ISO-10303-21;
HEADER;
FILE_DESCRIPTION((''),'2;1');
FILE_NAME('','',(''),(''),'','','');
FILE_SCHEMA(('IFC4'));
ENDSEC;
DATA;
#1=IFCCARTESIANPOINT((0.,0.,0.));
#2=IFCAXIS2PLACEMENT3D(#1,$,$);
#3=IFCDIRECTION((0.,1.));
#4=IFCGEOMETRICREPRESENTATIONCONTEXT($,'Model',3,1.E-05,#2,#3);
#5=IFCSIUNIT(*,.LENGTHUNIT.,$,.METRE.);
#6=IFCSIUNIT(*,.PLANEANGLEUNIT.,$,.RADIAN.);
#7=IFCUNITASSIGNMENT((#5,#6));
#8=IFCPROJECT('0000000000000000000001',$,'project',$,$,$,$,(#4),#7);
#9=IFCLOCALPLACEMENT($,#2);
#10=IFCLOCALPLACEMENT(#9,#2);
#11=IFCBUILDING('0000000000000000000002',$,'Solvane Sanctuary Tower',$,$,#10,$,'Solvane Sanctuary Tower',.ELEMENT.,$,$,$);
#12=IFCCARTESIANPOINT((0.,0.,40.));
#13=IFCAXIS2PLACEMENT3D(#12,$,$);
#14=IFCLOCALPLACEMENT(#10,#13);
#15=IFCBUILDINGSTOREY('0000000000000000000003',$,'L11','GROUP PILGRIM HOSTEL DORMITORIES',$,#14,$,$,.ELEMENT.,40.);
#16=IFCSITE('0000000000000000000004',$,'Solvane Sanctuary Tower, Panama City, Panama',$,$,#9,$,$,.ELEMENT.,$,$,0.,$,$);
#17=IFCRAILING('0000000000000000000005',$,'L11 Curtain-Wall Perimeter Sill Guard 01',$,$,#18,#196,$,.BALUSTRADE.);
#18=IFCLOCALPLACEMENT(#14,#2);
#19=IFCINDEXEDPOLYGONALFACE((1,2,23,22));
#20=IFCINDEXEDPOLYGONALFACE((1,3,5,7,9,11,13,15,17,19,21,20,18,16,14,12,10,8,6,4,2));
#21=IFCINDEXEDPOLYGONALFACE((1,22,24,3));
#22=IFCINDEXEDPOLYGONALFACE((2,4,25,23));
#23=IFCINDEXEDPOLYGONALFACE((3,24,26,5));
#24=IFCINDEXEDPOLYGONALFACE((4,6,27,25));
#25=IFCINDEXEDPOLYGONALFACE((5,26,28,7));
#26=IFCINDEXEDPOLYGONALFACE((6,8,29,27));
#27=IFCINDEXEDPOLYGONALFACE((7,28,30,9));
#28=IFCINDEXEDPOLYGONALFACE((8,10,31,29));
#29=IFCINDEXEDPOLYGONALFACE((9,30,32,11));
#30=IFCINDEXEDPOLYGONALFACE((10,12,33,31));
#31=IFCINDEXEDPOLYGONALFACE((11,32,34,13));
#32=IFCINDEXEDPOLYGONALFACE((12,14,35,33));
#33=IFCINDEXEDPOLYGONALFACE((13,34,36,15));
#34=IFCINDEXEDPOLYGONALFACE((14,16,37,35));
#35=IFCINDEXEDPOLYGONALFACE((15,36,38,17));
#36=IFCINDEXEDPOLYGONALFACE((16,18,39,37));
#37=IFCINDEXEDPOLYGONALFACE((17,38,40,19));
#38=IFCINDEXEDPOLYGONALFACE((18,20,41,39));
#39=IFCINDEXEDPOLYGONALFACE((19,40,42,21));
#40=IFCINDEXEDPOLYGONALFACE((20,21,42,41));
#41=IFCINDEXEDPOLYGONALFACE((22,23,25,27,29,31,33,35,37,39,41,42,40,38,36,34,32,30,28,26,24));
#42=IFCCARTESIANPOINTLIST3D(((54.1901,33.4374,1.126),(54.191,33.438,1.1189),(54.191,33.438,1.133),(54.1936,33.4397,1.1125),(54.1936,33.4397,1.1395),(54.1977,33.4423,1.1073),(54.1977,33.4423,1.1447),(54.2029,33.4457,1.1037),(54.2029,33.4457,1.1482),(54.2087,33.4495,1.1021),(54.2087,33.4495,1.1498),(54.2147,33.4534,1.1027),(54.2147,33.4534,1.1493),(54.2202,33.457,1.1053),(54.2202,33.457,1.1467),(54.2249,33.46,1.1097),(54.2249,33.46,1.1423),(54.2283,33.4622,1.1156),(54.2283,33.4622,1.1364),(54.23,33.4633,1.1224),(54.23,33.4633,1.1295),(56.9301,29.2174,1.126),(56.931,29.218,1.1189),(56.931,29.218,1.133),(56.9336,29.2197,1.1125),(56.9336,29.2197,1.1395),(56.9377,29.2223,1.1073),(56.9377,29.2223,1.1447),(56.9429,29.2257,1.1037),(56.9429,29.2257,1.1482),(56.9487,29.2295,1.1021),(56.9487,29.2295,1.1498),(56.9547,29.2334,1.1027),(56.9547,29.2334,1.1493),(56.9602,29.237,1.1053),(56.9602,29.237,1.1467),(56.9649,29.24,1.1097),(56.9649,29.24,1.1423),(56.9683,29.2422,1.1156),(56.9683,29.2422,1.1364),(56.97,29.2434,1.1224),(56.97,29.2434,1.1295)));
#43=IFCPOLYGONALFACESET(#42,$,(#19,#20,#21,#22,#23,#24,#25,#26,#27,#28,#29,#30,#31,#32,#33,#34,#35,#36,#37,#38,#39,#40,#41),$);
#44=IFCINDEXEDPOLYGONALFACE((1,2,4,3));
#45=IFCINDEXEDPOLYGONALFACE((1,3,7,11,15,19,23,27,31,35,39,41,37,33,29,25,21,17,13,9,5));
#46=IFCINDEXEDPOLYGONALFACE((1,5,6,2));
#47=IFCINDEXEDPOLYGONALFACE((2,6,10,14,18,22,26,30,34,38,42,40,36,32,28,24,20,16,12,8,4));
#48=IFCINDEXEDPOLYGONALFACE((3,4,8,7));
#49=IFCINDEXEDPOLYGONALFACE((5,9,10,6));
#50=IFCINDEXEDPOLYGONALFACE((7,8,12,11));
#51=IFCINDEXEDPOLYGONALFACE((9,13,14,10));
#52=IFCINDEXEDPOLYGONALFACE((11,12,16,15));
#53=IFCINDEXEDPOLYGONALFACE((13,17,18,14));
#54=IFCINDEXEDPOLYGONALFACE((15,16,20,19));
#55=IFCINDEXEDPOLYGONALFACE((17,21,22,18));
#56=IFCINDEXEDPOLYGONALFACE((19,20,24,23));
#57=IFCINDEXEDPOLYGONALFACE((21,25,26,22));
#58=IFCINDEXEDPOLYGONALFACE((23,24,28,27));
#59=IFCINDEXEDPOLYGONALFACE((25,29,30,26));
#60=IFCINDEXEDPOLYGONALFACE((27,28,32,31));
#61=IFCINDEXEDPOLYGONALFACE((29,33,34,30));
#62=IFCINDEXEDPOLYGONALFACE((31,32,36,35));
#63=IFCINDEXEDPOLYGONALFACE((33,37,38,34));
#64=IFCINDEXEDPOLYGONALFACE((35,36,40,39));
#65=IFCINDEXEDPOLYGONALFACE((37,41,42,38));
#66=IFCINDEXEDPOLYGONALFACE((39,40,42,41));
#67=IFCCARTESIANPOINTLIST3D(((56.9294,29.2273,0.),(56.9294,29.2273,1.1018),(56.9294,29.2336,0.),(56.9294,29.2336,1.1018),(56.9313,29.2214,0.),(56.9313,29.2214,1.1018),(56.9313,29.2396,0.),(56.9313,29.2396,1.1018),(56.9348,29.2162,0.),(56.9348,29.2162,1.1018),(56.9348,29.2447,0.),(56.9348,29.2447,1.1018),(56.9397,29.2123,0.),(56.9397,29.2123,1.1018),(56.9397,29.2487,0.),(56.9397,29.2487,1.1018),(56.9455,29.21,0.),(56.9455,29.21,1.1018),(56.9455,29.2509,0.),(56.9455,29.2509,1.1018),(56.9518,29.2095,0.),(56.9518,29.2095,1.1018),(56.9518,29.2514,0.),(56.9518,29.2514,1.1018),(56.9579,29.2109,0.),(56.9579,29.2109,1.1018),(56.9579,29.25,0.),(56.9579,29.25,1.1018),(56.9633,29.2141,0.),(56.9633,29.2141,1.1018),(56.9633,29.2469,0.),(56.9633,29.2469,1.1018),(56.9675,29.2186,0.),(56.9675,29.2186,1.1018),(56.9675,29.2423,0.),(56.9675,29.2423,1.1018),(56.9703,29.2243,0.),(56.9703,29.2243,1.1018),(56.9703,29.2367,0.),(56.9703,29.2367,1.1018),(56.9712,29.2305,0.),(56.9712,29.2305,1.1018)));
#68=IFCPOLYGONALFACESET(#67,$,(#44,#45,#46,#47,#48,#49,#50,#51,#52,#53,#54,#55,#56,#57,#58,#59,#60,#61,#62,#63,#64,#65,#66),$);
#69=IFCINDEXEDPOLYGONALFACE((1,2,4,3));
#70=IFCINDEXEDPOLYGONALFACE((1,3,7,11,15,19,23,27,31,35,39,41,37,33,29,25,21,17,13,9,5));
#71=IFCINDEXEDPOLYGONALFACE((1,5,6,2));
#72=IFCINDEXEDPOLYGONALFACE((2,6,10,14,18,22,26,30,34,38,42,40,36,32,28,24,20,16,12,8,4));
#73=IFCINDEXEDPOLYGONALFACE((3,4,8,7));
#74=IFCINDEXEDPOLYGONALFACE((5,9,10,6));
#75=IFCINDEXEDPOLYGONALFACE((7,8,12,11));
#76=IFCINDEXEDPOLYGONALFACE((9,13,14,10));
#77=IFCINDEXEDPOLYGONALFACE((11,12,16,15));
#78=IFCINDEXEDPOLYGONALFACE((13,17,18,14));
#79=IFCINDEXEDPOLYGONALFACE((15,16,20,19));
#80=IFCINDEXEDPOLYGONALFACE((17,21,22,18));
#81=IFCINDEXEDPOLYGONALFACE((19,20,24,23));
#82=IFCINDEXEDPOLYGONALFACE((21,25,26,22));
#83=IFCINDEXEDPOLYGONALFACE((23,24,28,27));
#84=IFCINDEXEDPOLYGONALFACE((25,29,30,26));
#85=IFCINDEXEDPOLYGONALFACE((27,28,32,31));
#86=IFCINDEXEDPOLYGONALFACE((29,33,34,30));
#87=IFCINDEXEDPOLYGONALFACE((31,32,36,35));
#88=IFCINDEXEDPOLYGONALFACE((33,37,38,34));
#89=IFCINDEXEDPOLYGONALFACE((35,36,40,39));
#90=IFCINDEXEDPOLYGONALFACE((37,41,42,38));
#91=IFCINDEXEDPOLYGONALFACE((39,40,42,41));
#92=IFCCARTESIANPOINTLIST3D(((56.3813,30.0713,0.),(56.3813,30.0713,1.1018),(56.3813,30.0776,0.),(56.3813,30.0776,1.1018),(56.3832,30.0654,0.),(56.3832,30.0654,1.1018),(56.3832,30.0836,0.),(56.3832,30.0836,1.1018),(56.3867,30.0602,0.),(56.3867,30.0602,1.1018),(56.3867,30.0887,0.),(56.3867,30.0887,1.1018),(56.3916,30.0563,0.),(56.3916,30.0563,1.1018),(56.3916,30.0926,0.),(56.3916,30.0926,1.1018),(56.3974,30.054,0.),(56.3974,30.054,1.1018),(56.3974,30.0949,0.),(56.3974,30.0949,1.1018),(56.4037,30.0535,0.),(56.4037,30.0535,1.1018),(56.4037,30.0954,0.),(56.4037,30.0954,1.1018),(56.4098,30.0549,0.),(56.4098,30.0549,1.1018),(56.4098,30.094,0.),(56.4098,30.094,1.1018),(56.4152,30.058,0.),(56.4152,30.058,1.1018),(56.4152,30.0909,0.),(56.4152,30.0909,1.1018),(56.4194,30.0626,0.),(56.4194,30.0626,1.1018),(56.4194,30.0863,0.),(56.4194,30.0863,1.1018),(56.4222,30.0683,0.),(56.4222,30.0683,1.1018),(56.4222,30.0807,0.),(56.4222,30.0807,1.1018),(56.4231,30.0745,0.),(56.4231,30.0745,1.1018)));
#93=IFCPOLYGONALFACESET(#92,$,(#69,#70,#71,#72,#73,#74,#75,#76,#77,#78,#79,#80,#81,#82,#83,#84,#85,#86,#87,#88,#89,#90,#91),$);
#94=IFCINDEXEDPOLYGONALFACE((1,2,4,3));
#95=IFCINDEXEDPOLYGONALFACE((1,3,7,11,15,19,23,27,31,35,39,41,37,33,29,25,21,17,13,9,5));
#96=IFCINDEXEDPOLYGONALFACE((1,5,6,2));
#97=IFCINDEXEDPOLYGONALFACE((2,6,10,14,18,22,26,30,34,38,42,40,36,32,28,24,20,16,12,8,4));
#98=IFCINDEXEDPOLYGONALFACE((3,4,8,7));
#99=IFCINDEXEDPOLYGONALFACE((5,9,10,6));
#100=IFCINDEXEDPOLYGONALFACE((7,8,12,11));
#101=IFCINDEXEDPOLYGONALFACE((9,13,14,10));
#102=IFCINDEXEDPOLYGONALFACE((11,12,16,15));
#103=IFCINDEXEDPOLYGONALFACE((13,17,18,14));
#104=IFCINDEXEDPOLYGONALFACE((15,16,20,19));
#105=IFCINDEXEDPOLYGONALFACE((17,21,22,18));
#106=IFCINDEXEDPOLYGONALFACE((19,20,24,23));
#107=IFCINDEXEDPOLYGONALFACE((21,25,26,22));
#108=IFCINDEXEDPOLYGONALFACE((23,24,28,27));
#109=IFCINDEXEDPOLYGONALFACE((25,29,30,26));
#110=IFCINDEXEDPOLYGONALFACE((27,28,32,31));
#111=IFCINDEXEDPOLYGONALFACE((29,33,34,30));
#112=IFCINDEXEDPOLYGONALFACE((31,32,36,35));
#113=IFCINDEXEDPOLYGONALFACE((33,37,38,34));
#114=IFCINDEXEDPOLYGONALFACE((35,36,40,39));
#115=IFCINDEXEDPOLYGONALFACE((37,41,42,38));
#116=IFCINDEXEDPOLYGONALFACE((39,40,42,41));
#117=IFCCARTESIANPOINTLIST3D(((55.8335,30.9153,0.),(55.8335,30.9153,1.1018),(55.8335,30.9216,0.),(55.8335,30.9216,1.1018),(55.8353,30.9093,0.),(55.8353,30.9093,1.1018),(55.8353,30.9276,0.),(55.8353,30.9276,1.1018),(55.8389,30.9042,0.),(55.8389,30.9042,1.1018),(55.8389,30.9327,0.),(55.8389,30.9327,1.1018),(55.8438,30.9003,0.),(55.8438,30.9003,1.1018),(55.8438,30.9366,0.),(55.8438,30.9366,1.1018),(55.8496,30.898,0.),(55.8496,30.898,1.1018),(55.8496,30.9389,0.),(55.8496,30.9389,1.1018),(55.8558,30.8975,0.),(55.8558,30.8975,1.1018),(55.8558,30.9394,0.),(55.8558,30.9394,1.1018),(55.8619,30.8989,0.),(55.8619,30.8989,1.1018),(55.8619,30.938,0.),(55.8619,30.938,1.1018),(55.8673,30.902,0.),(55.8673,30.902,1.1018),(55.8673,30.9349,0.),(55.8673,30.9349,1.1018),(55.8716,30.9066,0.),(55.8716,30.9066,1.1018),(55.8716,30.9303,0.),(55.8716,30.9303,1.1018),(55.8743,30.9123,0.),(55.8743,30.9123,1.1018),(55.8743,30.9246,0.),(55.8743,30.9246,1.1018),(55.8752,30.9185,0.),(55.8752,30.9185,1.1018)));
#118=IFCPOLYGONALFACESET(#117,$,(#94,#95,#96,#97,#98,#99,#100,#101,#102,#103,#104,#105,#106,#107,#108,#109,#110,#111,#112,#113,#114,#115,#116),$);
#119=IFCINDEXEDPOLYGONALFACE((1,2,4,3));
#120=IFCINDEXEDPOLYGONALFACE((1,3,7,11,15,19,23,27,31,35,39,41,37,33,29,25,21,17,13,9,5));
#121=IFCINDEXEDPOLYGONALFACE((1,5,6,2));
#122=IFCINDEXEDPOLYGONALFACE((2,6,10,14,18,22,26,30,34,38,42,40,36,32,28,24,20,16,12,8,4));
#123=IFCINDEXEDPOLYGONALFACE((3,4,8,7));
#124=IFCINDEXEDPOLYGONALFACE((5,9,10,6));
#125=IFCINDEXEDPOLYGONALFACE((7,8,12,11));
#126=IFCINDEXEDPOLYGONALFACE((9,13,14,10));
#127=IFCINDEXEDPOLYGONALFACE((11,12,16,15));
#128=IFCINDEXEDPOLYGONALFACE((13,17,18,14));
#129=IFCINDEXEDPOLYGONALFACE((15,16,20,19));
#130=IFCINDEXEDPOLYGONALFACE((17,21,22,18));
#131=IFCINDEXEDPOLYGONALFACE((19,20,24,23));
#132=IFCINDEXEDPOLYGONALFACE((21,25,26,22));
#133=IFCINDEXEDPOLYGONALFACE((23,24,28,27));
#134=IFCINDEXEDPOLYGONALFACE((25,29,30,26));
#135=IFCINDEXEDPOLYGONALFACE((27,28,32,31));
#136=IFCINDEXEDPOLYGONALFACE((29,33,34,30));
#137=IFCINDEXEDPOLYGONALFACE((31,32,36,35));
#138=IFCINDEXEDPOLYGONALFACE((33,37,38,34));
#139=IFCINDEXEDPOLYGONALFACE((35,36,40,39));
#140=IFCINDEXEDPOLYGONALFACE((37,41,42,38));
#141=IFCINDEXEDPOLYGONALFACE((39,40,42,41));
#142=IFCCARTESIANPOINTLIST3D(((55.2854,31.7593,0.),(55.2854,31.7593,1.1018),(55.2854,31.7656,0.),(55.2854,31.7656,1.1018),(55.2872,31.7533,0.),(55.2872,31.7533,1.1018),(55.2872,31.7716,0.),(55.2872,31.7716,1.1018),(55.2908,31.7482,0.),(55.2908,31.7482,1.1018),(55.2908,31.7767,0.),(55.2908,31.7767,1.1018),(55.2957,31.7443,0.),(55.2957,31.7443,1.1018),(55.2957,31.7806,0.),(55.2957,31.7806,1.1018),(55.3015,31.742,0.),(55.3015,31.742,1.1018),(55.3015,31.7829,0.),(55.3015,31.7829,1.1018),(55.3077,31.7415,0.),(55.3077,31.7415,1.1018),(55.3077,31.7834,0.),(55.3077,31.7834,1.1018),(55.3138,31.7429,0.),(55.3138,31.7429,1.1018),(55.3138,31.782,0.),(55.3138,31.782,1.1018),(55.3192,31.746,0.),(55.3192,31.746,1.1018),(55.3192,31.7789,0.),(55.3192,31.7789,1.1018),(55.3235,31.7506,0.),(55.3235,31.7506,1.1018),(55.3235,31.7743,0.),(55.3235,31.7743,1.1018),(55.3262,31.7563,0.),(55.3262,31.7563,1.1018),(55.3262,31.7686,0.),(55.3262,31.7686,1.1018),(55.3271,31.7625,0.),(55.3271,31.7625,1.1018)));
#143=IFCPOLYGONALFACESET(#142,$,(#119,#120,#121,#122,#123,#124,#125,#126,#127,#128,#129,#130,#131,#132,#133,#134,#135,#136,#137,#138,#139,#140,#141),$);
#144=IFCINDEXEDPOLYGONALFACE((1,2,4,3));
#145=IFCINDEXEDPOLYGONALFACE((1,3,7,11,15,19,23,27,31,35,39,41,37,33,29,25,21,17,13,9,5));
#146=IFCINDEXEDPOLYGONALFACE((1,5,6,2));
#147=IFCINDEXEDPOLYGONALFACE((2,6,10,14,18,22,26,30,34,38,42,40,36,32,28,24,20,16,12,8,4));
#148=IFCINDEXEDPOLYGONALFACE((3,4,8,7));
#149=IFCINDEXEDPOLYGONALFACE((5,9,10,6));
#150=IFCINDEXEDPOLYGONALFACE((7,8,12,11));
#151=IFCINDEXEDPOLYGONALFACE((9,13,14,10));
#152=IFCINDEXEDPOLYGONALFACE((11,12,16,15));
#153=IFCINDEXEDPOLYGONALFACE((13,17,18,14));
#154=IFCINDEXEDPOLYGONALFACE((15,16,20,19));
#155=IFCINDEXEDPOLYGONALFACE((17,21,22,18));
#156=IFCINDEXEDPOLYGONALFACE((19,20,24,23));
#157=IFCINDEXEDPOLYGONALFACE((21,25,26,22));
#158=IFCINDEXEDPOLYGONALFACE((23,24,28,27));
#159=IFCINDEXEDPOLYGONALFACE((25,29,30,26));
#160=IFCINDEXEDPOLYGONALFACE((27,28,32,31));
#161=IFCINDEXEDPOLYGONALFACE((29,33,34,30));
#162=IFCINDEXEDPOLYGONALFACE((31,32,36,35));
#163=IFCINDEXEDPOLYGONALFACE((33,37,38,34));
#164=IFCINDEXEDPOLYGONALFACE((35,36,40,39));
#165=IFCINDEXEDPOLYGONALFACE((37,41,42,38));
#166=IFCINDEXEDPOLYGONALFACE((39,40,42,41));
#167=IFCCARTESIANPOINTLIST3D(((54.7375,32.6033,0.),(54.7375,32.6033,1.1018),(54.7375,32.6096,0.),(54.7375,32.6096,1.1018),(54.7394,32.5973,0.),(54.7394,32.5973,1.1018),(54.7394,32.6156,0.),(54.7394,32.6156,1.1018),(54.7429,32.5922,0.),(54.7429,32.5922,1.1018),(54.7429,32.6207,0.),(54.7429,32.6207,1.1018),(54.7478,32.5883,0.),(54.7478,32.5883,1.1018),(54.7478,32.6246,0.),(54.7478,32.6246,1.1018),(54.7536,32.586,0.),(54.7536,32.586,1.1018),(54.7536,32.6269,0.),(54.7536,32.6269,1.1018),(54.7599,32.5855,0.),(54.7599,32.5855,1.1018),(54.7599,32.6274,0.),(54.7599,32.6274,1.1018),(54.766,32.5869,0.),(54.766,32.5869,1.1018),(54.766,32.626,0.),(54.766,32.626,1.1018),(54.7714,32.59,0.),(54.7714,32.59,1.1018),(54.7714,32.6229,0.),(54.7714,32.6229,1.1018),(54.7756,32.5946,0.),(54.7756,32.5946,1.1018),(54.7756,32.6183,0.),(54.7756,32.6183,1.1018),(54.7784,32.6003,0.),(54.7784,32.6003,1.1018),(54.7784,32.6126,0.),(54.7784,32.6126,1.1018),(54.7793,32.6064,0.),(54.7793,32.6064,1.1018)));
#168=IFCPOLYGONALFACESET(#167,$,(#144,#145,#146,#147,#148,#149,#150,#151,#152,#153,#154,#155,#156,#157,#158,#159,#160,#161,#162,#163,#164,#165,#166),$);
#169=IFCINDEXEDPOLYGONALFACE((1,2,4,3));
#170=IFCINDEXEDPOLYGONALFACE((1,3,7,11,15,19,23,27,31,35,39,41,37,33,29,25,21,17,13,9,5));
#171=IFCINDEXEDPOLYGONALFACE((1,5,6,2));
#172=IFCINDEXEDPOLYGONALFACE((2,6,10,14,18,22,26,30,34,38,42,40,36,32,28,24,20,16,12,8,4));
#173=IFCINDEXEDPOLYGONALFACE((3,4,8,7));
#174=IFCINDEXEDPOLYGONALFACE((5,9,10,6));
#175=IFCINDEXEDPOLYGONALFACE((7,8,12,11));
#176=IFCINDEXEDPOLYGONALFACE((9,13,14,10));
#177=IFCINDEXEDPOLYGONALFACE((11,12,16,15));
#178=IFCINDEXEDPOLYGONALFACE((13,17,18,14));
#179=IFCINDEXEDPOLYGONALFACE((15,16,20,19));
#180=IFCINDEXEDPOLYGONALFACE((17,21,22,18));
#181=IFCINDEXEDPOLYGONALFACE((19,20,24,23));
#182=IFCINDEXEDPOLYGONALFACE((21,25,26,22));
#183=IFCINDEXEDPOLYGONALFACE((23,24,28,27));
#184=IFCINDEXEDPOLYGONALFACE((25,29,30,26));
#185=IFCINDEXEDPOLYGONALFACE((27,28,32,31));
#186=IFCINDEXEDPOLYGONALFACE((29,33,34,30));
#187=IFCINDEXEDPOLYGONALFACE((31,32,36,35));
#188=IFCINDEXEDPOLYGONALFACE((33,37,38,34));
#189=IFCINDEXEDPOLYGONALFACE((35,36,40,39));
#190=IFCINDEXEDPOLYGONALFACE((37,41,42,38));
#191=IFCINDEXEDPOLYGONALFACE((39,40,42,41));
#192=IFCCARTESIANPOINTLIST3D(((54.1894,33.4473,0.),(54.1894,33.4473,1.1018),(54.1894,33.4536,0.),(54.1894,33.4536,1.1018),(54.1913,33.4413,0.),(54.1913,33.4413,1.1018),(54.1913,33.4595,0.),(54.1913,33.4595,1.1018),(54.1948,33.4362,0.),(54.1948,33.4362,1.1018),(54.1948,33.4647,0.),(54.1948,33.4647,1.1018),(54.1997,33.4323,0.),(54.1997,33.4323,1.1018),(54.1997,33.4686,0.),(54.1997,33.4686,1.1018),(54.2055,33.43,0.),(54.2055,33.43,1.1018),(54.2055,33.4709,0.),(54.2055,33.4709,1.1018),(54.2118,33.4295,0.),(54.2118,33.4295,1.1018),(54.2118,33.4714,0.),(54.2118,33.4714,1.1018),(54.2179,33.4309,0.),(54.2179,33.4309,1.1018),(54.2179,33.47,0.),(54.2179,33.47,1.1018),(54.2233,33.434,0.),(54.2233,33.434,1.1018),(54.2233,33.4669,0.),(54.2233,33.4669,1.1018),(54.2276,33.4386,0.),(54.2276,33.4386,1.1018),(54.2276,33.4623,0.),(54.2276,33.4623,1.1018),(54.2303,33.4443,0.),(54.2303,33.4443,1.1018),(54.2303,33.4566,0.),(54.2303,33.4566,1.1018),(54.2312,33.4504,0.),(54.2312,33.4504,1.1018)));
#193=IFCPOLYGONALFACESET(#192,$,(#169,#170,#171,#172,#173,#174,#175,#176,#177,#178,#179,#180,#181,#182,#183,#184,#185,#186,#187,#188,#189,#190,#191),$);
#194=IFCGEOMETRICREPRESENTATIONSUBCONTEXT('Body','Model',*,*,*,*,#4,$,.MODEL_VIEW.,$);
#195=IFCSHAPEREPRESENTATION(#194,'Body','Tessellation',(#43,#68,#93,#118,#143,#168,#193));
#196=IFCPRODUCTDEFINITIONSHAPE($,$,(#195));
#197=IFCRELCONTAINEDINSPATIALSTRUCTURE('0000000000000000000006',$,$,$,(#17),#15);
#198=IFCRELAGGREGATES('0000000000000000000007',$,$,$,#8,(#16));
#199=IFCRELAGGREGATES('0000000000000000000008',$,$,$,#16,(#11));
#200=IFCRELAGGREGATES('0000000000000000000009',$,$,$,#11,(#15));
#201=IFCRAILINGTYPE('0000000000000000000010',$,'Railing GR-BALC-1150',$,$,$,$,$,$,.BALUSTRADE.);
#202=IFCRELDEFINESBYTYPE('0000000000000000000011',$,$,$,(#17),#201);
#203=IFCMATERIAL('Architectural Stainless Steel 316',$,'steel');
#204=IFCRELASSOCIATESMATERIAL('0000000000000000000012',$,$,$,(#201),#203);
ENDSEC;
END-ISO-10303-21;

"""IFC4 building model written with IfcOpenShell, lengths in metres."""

from ifc_helpers import new_model, si_unit, direction, frame, origin, origin_2d, place, context, subcontext, project, spatial, circle, extrude, material, type_object, element, save


model = new_model("IFC4")

# Units and contexts
model_context = context("Model", 3, precision=1e-05, world=origin(), true_north=direction((0.0, 1.0)))
body_context = subcontext(model_context, "Body", "Model", "MODEL_VIEW")
ifc_project = project(units=[si_unit("LENGTHUNIT", "METRE"), si_unit("PLANEANGLEUNIT", "RADIAN")], contexts=[model_context])

# Site, building, storey
site_placement = place(None, origin())
site = spatial("IfcSite", under=ifc_project, at=site_placement, Name="Solvane Sanctuary Tower, Panama City, Panama", CompositionType="ELEMENT", RefElevation=0.0)
building_placement = place(site_placement, origin())
building = spatial("IfcBuilding", under=site, at=building_placement, Name="Solvane Sanctuary Tower", LongName="Solvane Sanctuary Tower", CompositionType="ELEMENT")
storey_placement = place(building_placement, frame((0.0, 0.0, 40.0)))
storey = spatial("IfcBuildingStorey", under=building, at=storey_placement, Name="L11", Description="GROUP PILGRIM HOSTEL DORMITORIES", CompositionType="ELEMENT", Elevation=40.0)

# Shared definitions
ifc_material_1 = material(Name="Architectural Stainless Steel 316", Category="steel")

# Railing
railing_type = type_object("IfcRailingType", Name="Railing GR-BALC-1150", PredefinedType="BALUSTRADE", material=ifc_material_1)
railing_1_placement = place(storey_placement, frame((56.9502, 29.2305, 0.0)))
element("IfcRailing", 1, at=railing_1_placement, inside=storey, type_object=railing_type, Name="L11 Curtain-Wall Perimeter Sill Guard 01", PredefinedType="BALUSTRADE", context=body_context, shape_type="SweptSolid", body=[
    extrude(circle(Radius=0.0239, at=origin_2d()), frame((0.0, 0.0, 1.126), z_axis=(-0.54457, 0.838715, 0.0), x_axis=(-0.838715, -0.54457, 0.0)), (0.0, 0.0, 1.0), 5.0315),
    extrude(circle(Radius=0.021, at=origin_2d()), origin(), (0.0, 0.0, 1.0), 1.1018),
    extrude(circle(Radius=0.021, at=origin_2d()), frame((-0.5481, 0.844, 0.0)), (0.0, 0.0, 1.0), 1.1018),
    extrude(circle(Radius=0.021, at=origin_2d()), frame((-1.0959, 1.688, 0.0)), (0.0, 0.0, 1.0), 1.1018),
    extrude(circle(Radius=0.021, at=origin_2d()), frame((-1.644, 2.532, 0.0)), (0.0, 0.0, 1.0), 1.1018),
    extrude(circle(Radius=0.021, at=origin_2d()), frame((-2.1919, 3.376, 0.0)), (0.0, 0.0, 1.0), 1.1018),
    extrude(circle(Radius=0.021, at=origin_2d()), frame((-2.74, 4.22, 0.0)), (0.0, 0.0, 1.0), 1.1018),
])

save(model, "model.ifc")
